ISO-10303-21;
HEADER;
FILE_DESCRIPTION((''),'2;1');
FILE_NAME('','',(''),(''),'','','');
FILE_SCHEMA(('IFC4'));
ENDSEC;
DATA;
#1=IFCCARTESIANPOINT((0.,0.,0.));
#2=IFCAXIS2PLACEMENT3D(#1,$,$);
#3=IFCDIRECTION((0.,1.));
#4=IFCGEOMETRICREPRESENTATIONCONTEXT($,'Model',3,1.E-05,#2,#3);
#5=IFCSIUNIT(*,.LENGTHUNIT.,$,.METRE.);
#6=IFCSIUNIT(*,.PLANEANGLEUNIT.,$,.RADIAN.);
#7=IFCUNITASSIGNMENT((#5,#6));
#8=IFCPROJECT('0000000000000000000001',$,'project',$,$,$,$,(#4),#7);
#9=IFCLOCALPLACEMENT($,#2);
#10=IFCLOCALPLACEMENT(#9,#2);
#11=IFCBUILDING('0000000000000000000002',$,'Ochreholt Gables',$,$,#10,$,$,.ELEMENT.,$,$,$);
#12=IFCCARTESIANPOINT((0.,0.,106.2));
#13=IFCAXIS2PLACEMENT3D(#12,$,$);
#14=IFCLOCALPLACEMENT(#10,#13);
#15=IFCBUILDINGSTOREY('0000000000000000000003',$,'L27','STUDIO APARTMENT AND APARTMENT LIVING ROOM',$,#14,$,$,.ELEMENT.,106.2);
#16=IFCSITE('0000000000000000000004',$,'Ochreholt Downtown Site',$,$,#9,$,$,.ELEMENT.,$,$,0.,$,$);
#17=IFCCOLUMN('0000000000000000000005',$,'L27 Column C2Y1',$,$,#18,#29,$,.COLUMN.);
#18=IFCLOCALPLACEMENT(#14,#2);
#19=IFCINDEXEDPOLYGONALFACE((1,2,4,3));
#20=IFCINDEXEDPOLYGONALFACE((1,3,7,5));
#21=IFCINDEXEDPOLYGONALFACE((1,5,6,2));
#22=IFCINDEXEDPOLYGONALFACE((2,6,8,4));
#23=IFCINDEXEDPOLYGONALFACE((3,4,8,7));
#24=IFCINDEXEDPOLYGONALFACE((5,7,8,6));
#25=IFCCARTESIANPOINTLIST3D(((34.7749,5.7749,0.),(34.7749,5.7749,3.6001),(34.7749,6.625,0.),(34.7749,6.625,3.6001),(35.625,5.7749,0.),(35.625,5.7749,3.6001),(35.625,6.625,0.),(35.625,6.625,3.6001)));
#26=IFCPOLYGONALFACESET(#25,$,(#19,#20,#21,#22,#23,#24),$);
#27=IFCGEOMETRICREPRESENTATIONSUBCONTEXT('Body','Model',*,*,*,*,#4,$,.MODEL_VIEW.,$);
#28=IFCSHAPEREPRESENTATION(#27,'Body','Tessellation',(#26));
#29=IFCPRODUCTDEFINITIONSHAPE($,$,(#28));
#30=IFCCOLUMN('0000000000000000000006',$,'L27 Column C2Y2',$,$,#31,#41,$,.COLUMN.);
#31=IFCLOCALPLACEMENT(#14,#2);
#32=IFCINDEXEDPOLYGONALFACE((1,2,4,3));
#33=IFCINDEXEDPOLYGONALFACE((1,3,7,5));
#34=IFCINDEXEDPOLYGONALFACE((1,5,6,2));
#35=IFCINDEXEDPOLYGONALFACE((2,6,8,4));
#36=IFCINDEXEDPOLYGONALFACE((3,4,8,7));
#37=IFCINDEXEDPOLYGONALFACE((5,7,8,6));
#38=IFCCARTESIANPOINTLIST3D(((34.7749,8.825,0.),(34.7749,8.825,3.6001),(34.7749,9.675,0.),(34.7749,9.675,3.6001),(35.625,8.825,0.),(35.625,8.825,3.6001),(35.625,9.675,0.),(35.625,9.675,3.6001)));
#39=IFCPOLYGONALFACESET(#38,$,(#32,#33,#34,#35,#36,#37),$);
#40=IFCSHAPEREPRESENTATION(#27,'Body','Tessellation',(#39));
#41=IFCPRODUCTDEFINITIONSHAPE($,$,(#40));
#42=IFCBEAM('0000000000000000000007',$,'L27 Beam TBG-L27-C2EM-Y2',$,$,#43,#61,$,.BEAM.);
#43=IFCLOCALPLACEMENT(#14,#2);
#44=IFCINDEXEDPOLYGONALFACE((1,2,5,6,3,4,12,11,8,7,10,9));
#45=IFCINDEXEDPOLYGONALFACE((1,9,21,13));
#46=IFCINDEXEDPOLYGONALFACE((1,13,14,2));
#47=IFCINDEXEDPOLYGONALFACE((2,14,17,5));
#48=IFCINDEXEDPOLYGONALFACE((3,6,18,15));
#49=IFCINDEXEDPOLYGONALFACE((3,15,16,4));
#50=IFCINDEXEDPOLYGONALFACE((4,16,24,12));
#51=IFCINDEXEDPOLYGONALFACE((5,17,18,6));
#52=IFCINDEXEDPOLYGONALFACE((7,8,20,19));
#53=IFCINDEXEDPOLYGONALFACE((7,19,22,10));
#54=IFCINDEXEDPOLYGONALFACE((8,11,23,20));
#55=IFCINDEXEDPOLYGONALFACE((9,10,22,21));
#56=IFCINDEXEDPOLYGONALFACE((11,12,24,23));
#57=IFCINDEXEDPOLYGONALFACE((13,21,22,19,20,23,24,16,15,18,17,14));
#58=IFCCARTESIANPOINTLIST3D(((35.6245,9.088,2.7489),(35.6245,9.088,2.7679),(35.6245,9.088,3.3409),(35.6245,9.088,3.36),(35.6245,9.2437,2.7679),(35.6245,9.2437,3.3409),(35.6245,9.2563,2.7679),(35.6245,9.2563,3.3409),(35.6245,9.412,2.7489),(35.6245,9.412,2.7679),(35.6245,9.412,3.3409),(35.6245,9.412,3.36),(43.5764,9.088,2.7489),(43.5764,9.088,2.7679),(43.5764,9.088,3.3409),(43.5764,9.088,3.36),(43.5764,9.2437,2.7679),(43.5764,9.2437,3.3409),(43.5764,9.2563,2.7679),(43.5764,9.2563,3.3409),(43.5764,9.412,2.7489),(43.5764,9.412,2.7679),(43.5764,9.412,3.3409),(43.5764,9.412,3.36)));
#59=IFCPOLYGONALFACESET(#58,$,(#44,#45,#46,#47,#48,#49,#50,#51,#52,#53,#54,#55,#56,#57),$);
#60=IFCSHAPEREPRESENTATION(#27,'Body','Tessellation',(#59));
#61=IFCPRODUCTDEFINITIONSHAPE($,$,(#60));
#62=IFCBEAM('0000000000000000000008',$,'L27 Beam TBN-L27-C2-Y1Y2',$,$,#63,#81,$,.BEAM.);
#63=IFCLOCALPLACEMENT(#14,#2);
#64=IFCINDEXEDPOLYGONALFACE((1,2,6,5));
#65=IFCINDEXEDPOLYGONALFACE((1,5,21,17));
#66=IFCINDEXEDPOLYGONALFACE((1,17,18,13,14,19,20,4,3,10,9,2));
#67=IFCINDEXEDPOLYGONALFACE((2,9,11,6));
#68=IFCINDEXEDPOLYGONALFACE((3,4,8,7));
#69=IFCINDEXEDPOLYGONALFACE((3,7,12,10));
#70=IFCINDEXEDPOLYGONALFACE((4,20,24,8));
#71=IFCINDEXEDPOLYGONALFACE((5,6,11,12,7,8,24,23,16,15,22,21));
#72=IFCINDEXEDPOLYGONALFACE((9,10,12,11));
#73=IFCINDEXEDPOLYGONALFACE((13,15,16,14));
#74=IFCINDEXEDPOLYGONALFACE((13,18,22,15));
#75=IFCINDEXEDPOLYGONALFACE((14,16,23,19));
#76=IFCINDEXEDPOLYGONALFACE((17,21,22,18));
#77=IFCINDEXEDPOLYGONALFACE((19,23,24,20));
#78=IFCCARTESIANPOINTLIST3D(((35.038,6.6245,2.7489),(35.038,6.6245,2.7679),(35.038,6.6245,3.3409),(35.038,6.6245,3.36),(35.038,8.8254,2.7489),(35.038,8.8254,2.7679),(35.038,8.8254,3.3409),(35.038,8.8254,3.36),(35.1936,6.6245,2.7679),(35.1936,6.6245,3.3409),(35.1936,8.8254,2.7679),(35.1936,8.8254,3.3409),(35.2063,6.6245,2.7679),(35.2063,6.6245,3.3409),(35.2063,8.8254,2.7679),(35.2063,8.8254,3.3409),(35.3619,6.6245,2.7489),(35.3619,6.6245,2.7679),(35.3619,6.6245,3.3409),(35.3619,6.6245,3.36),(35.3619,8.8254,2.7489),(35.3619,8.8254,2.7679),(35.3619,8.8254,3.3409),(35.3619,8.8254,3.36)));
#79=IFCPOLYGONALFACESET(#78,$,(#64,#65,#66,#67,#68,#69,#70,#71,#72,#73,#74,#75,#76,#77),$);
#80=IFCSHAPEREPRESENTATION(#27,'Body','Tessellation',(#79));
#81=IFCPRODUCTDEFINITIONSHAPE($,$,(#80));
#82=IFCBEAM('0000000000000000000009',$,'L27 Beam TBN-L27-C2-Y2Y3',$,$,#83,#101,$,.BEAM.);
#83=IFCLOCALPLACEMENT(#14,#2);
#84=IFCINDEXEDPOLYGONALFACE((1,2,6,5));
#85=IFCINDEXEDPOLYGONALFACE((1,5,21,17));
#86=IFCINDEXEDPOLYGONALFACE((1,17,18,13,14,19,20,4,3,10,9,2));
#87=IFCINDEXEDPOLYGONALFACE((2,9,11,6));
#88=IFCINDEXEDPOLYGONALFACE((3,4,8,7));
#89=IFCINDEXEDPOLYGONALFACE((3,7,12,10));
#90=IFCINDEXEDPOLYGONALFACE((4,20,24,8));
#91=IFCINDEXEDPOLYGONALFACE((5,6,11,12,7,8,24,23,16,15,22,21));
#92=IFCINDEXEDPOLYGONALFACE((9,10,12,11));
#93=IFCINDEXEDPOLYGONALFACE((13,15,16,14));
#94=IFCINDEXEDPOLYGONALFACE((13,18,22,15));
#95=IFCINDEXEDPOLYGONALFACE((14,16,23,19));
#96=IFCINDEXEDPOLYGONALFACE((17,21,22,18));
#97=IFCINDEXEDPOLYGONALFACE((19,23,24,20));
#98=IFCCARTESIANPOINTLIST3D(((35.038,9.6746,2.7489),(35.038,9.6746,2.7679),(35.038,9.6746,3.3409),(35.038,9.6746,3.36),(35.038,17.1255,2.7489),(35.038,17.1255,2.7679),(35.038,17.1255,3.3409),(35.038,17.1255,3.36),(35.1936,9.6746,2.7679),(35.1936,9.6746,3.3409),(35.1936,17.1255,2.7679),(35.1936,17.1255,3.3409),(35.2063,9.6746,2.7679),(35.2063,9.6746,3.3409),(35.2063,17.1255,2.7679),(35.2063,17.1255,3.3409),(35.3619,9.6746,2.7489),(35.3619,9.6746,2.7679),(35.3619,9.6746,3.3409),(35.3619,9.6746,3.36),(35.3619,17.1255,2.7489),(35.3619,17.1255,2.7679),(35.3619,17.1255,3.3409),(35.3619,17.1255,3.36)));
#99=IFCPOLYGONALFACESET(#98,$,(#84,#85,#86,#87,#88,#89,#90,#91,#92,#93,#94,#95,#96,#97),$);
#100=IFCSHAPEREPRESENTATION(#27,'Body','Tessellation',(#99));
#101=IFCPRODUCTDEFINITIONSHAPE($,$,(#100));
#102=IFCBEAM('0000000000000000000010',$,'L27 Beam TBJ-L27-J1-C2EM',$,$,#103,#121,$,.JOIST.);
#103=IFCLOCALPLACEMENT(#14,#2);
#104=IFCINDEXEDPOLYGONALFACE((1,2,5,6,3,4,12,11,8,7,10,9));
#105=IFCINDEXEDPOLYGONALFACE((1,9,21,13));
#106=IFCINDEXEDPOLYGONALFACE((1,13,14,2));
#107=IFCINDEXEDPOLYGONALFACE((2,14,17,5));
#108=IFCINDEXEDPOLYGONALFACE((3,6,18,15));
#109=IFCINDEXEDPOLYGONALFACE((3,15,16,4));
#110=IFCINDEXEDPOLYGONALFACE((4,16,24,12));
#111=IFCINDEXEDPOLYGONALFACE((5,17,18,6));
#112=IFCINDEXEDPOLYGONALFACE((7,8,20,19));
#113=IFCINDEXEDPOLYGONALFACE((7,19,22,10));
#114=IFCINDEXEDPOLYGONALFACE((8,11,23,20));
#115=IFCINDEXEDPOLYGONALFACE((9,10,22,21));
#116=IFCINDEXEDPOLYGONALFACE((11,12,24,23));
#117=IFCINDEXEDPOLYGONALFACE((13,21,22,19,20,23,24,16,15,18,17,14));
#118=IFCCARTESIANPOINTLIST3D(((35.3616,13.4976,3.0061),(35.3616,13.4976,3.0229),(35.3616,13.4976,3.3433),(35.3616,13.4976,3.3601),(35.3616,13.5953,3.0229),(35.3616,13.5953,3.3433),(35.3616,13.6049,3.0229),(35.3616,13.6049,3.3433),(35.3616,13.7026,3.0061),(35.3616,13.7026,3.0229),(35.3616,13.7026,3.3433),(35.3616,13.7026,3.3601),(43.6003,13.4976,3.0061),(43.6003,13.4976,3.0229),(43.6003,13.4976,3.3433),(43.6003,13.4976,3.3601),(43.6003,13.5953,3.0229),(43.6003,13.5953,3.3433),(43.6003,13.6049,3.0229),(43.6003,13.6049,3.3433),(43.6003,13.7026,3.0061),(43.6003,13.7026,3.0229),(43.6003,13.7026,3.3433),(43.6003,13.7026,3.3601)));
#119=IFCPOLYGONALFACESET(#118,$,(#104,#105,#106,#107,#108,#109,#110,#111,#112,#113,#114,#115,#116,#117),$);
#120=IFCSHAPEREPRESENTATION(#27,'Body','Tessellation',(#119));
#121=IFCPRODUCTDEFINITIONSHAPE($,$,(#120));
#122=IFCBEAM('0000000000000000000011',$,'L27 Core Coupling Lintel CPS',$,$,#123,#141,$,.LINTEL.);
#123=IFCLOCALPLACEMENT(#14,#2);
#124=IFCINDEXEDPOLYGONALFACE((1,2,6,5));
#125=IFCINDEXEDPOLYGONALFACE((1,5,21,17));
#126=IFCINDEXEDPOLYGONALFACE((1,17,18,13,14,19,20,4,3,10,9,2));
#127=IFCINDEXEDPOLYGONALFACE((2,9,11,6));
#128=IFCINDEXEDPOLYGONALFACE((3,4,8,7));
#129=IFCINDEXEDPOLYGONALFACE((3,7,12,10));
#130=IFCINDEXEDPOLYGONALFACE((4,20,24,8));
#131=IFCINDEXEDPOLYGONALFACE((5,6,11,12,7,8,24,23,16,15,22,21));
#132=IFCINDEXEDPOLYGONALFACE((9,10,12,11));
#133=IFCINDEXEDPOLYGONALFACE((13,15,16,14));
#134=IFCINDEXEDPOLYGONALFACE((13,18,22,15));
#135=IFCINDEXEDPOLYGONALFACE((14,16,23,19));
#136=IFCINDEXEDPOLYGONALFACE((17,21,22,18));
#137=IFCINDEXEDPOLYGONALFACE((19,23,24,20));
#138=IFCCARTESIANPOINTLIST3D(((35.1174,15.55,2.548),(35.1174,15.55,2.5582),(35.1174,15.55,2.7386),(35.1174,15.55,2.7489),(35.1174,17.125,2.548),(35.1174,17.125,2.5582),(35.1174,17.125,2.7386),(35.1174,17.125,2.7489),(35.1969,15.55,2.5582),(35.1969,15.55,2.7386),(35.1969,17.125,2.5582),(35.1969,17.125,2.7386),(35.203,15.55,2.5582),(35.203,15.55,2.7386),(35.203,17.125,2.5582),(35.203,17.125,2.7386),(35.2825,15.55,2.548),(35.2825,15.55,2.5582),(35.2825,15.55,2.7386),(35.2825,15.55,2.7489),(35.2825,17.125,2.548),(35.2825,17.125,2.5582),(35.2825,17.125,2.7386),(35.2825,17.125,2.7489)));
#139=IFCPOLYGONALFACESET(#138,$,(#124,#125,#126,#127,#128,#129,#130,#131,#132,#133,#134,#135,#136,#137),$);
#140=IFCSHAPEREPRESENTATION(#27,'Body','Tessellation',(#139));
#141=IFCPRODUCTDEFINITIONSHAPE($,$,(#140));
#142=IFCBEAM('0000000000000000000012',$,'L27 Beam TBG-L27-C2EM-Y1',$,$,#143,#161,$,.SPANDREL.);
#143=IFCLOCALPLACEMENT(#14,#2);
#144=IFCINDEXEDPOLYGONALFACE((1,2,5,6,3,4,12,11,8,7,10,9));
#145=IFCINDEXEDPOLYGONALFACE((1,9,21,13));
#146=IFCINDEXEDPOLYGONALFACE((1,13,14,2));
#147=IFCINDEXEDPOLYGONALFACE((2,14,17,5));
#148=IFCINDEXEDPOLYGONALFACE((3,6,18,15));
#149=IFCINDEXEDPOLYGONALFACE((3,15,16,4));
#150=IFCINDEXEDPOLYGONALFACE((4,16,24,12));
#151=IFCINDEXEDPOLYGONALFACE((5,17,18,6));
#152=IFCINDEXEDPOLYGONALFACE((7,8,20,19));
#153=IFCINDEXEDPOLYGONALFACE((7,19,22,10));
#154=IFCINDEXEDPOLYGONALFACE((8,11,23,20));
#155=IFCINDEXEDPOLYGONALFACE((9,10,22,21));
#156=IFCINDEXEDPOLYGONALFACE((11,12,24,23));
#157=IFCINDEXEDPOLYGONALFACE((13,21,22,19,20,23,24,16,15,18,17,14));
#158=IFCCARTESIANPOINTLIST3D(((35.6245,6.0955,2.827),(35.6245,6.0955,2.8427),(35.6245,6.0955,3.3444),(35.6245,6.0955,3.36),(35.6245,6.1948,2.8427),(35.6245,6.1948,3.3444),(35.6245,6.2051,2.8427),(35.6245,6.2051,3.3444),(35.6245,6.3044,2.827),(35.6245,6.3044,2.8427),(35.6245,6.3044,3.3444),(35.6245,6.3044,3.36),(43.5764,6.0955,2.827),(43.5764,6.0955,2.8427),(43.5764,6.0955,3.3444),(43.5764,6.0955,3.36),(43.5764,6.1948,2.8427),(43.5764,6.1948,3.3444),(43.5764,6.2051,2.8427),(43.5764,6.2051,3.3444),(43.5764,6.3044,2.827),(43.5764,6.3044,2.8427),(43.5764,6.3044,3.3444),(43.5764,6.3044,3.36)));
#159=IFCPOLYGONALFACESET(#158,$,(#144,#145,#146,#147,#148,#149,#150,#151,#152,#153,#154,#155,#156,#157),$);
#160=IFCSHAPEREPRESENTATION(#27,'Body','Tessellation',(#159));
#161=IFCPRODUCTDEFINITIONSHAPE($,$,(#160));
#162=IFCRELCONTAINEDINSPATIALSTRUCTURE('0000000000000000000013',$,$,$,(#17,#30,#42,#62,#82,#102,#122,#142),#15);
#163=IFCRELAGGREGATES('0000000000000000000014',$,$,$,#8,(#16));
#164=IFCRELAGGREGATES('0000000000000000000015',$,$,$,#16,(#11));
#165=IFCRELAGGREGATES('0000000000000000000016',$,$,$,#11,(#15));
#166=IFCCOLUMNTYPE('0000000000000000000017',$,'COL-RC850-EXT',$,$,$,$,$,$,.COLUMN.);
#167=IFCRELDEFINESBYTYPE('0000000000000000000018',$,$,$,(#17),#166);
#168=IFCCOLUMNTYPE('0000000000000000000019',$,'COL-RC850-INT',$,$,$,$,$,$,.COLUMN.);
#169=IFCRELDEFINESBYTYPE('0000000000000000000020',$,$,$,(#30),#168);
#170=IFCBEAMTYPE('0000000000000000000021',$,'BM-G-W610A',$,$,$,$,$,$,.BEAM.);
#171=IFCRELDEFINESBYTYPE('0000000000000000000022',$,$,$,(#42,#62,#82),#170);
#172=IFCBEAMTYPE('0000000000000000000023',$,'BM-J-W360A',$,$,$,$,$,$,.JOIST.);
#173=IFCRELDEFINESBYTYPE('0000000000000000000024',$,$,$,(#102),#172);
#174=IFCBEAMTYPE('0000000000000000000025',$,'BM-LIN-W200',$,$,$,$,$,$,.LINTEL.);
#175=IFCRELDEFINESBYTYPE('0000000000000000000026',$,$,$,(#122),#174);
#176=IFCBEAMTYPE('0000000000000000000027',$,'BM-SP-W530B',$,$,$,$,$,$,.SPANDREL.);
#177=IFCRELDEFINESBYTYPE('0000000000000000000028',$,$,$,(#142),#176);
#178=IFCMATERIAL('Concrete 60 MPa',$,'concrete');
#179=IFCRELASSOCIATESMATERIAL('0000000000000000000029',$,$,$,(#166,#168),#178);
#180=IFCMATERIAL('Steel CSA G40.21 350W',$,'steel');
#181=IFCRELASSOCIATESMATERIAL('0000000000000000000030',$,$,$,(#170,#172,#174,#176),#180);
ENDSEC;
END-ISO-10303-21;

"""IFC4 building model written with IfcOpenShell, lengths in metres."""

from ifc_helpers import new_model, si_unit, direction, frame, origin, origin_2d, place, context, subcontext, project, spatial, rectangle, i_section, extrude, material, material_profile, profile_set, type_object, element, save


model = new_model("IFC4")

# Units and contexts
model_context = context("Model", 3, precision=1e-05, world=origin(), true_north=direction((0.0, 1.0)))
body_context = subcontext(model_context, "Body", "Model", "MODEL_VIEW")
ifc_project = project(units=[si_unit("LENGTHUNIT", "METRE"), si_unit("PLANEANGLEUNIT", "RADIAN")], contexts=[model_context])

# Site, building, storey
site_placement = place(None, origin())
site = spatial("IfcSite", under=ifc_project, at=site_placement, Name="Ochreholt Downtown Site", CompositionType="ELEMENT", RefElevation=0.0)
building_placement = place(site_placement, origin())
building = spatial("IfcBuilding", under=site, at=building_placement, Name="Ochreholt Gables", CompositionType="ELEMENT")
storey_placement = place(building_placement, frame((0.0, 0.0, 106.2)))
storey = spatial("IfcBuildingStorey", under=building, at=storey_placement, Name="L27", Description="STUDIO APARTMENT AND APARTMENT LIVING ROOM", CompositionType="ELEMENT", Elevation=106.2)

# Columns
ifc_material_1 = material(Name="Concrete 60 MPa", Category="concrete")
ifc_material_profile_1 = material_profile(ifc_material_1, rectangle(XDim=0.8501, YDim=0.8501, at=origin_2d()), Name="RC850X850")
ifc_profile_set_1 = profile_set([ifc_material_profile_1], Name="Concrete 60 MPa")
column_type_1 = type_object("IfcColumnType", Name="COL-RC850-EXT", PredefinedType="COLUMN", material=ifc_profile_set_1)
column_1_placement = place(storey_placement, frame((35.2, 6.2, 0.0), z_axis=(0.0, 0.0, 1.0), x_axis=(1.0, 0.0, 0.0)))
element("IfcColumn", 1, at=column_1_placement, inside=storey, type_object=column_type_1, Name="L27 Column C2Y1", PredefinedType="COLUMN", context=body_context, shape_type="SweptSolid", body=[
    extrude(rectangle(XDim=0.8501, YDim=0.8501, at=origin_2d()), origin(), (0.0, 0.0, 1.0), 3.6001),
])
ifc_material_profile_2 = material_profile(ifc_material_1, rectangle(XDim=0.8501, YDim=0.8501, at=origin_2d()), Name="RC850X850")
ifc_profile_set_2 = profile_set([ifc_material_profile_2], Name="Concrete 60 MPa")
column_type_2 = type_object("IfcColumnType", Name="COL-RC850-INT", PredefinedType="COLUMN", material=ifc_profile_set_2)
column_2_placement = place(storey_placement, frame((35.2, 9.25, 0.0), z_axis=(0.0, 0.0, 1.0), x_axis=(1.0, 0.0, 0.0)))
element("IfcColumn", 2, at=column_2_placement, inside=storey, type_object=column_type_2, Name="L27 Column C2Y2", PredefinedType="COLUMN", context=body_context, shape_type="SweptSolid", body=[
    extrude(rectangle(XDim=0.8501, YDim=0.8501, at=origin_2d()), origin(), (0.0, 0.0, 1.0), 3.6001),
])

# Beams
ifc_material_2 = material(Name="Steel CSA G40.21 350W", Category="steel")
ifc_material_profile_3 = material_profile(ifc_material_2, i_section(OverallWidth=0.324, OverallDepth=0.6111, WebThickness=0.0127, FlangeThickness=0.019, at=origin_2d()), Name="W610X155")
ifc_profile_set_3 = profile_set([ifc_material_profile_3], Name="Steel CSA G40.21 350W")
beam_type_1 = type_object("IfcBeamType", Name="BM-G-W610A", PredefinedType="BEAM", material=ifc_profile_set_3)
beam_1_placement = place(storey_placement, frame((35.6245, 9.25, 3.0544), z_axis=(1.0, 0.0, 0.0), x_axis=(0.0, 1.0, 0.0)))
element("IfcBeam", 3, at=beam_1_placement, inside=storey, type_object=beam_type_1, Name="L27 Beam TBG-L27-C2EM-Y2", PredefinedType="BEAM", context=body_context, shape_type="SweptSolid", body=[
    extrude(i_section(OverallWidth=0.324, OverallDepth=0.6111, WebThickness=0.0127, FlangeThickness=0.019, at=origin_2d()), origin(), (0.0, 0.0, 1.0), 7.9519),
])
beam_2_placement = place(storey_placement, frame((35.2, 6.6245, 3.0544), z_axis=(0.0, 1.0, 0.0), x_axis=(-1.0, 0.0, 0.0)))
element("IfcBeam", 4, at=beam_2_placement, inside=storey, type_object=beam_type_1, Name="L27 Beam TBN-L27-C2-Y1Y2", PredefinedType="BEAM", context=body_context, shape_type="SweptSolid", body=[
    extrude(i_section(OverallWidth=0.324, OverallDepth=0.6111, WebThickness=0.0127, FlangeThickness=0.019, at=origin_2d()), origin(), (0.0, 0.0, 1.0), 2.2009),
])
beam_3_placement = place(storey_placement, frame((35.2, 9.6746, 3.0544), z_axis=(0.0, 1.0, 0.0), x_axis=(-1.0, 0.0, 0.0)))
element("IfcBeam", 5, at=beam_3_placement, inside=storey, type_object=beam_type_1, Name="L27 Beam TBN-L27-C2-Y2Y3", PredefinedType="BEAM", context=body_context, shape_type="SweptSolid", body=[
    extrude(i_section(OverallWidth=0.324, OverallDepth=0.6111, WebThickness=0.0127, FlangeThickness=0.019, at=origin_2d()), origin(), (0.0, 0.0, 1.0), 7.4509),
])
ifc_material_profile_4 = material_profile(ifc_material_2, i_section(OverallWidth=0.2051, OverallDepth=0.354, WebThickness=0.0095, FlangeThickness=0.0168, at=origin_2d()), Name="W360X79")
ifc_profile_set_4 = profile_set([ifc_material_profile_4], Name="Steel CSA G40.21 350W")
beam_type_2 = type_object("IfcBeamType", Name="BM-J-W360A", PredefinedType="JOIST", material=ifc_profile_set_4)
beam_4_placement = place(storey_placement, frame((35.3616, 13.6001, 3.1831), z_axis=(1.0, 0.0, 0.0), x_axis=(0.0, 1.0, 0.0)))
element("IfcBeam", 6, at=beam_4_placement, inside=storey, type_object=beam_type_2, Name="L27 Beam TBJ-L27-J1-C2EM", PredefinedType="JOIST", context=body_context, shape_type="SweptSolid", body=[
    extrude(i_section(OverallWidth=0.2051, OverallDepth=0.354, WebThickness=0.0095, FlangeThickness=0.0168, at=origin_2d()), origin(), (0.0, 0.0, 1.0), 8.2388),
])
ifc_material_profile_5 = material_profile(ifc_material_2, i_section(OverallWidth=0.165, OverallDepth=0.2009, WebThickness=0.0061, FlangeThickness=0.0103, at=origin_2d()), Name="W200X36")
ifc_profile_set_5 = profile_set([ifc_material_profile_5], Name="Steel CSA G40.21 350W")
beam_type_3 = type_object("IfcBeamType", Name="BM-LIN-W200", PredefinedType="LINTEL", material=ifc_profile_set_5)
beam_5_placement = place(storey_placement, frame((35.2, 15.55, 2.6484), z_axis=(0.0, 1.0, 0.0), x_axis=(-1.0, 0.0, 0.0)))
element("IfcBeam", 7, at=beam_5_placement, inside=storey, type_object=beam_type_3, Name="L27 Core Coupling Lintel CPS", PredefinedType="LINTEL", context=body_context, shape_type="SweptSolid", body=[
    extrude(i_section(OverallWidth=0.165, OverallDepth=0.2009, WebThickness=0.0061, FlangeThickness=0.0103, at=origin_2d()), origin(), (0.0, 0.0, 1.0), 1.575),
])
ifc_material_profile_6 = material_profile(ifc_material_2, i_section(OverallWidth=0.209, OverallDepth=0.533, WebThickness=0.0103, FlangeThickness=0.0156, at=origin_2d()), Name="W530X92")
ifc_profile_set_6 = profile_set([ifc_material_profile_6], Name="Steel CSA G40.21 350W")
beam_type_4 = type_object("IfcBeamType", Name="BM-SP-W530B", PredefinedType="SPANDREL", material=ifc_profile_set_6)
beam_6_placement = place(storey_placement, frame((35.6245, 6.2, 3.0935), z_axis=(1.0, 0.0, 0.0), x_axis=(0.0, 1.0, 0.0)))
element("IfcBeam", 8, at=beam_6_placement, inside=storey, type_object=beam_type_4, Name="L27 Beam TBG-L27-C2EM-Y1", PredefinedType="SPANDREL", context=body_context, shape_type="SweptSolid", body=[
    extrude(i_section(OverallWidth=0.209, OverallDepth=0.533, WebThickness=0.0103, FlangeThickness=0.0156, at=origin_2d()), origin(), (0.0, 0.0, 1.0), 7.9519),
])

save(model, "model.ifc")
